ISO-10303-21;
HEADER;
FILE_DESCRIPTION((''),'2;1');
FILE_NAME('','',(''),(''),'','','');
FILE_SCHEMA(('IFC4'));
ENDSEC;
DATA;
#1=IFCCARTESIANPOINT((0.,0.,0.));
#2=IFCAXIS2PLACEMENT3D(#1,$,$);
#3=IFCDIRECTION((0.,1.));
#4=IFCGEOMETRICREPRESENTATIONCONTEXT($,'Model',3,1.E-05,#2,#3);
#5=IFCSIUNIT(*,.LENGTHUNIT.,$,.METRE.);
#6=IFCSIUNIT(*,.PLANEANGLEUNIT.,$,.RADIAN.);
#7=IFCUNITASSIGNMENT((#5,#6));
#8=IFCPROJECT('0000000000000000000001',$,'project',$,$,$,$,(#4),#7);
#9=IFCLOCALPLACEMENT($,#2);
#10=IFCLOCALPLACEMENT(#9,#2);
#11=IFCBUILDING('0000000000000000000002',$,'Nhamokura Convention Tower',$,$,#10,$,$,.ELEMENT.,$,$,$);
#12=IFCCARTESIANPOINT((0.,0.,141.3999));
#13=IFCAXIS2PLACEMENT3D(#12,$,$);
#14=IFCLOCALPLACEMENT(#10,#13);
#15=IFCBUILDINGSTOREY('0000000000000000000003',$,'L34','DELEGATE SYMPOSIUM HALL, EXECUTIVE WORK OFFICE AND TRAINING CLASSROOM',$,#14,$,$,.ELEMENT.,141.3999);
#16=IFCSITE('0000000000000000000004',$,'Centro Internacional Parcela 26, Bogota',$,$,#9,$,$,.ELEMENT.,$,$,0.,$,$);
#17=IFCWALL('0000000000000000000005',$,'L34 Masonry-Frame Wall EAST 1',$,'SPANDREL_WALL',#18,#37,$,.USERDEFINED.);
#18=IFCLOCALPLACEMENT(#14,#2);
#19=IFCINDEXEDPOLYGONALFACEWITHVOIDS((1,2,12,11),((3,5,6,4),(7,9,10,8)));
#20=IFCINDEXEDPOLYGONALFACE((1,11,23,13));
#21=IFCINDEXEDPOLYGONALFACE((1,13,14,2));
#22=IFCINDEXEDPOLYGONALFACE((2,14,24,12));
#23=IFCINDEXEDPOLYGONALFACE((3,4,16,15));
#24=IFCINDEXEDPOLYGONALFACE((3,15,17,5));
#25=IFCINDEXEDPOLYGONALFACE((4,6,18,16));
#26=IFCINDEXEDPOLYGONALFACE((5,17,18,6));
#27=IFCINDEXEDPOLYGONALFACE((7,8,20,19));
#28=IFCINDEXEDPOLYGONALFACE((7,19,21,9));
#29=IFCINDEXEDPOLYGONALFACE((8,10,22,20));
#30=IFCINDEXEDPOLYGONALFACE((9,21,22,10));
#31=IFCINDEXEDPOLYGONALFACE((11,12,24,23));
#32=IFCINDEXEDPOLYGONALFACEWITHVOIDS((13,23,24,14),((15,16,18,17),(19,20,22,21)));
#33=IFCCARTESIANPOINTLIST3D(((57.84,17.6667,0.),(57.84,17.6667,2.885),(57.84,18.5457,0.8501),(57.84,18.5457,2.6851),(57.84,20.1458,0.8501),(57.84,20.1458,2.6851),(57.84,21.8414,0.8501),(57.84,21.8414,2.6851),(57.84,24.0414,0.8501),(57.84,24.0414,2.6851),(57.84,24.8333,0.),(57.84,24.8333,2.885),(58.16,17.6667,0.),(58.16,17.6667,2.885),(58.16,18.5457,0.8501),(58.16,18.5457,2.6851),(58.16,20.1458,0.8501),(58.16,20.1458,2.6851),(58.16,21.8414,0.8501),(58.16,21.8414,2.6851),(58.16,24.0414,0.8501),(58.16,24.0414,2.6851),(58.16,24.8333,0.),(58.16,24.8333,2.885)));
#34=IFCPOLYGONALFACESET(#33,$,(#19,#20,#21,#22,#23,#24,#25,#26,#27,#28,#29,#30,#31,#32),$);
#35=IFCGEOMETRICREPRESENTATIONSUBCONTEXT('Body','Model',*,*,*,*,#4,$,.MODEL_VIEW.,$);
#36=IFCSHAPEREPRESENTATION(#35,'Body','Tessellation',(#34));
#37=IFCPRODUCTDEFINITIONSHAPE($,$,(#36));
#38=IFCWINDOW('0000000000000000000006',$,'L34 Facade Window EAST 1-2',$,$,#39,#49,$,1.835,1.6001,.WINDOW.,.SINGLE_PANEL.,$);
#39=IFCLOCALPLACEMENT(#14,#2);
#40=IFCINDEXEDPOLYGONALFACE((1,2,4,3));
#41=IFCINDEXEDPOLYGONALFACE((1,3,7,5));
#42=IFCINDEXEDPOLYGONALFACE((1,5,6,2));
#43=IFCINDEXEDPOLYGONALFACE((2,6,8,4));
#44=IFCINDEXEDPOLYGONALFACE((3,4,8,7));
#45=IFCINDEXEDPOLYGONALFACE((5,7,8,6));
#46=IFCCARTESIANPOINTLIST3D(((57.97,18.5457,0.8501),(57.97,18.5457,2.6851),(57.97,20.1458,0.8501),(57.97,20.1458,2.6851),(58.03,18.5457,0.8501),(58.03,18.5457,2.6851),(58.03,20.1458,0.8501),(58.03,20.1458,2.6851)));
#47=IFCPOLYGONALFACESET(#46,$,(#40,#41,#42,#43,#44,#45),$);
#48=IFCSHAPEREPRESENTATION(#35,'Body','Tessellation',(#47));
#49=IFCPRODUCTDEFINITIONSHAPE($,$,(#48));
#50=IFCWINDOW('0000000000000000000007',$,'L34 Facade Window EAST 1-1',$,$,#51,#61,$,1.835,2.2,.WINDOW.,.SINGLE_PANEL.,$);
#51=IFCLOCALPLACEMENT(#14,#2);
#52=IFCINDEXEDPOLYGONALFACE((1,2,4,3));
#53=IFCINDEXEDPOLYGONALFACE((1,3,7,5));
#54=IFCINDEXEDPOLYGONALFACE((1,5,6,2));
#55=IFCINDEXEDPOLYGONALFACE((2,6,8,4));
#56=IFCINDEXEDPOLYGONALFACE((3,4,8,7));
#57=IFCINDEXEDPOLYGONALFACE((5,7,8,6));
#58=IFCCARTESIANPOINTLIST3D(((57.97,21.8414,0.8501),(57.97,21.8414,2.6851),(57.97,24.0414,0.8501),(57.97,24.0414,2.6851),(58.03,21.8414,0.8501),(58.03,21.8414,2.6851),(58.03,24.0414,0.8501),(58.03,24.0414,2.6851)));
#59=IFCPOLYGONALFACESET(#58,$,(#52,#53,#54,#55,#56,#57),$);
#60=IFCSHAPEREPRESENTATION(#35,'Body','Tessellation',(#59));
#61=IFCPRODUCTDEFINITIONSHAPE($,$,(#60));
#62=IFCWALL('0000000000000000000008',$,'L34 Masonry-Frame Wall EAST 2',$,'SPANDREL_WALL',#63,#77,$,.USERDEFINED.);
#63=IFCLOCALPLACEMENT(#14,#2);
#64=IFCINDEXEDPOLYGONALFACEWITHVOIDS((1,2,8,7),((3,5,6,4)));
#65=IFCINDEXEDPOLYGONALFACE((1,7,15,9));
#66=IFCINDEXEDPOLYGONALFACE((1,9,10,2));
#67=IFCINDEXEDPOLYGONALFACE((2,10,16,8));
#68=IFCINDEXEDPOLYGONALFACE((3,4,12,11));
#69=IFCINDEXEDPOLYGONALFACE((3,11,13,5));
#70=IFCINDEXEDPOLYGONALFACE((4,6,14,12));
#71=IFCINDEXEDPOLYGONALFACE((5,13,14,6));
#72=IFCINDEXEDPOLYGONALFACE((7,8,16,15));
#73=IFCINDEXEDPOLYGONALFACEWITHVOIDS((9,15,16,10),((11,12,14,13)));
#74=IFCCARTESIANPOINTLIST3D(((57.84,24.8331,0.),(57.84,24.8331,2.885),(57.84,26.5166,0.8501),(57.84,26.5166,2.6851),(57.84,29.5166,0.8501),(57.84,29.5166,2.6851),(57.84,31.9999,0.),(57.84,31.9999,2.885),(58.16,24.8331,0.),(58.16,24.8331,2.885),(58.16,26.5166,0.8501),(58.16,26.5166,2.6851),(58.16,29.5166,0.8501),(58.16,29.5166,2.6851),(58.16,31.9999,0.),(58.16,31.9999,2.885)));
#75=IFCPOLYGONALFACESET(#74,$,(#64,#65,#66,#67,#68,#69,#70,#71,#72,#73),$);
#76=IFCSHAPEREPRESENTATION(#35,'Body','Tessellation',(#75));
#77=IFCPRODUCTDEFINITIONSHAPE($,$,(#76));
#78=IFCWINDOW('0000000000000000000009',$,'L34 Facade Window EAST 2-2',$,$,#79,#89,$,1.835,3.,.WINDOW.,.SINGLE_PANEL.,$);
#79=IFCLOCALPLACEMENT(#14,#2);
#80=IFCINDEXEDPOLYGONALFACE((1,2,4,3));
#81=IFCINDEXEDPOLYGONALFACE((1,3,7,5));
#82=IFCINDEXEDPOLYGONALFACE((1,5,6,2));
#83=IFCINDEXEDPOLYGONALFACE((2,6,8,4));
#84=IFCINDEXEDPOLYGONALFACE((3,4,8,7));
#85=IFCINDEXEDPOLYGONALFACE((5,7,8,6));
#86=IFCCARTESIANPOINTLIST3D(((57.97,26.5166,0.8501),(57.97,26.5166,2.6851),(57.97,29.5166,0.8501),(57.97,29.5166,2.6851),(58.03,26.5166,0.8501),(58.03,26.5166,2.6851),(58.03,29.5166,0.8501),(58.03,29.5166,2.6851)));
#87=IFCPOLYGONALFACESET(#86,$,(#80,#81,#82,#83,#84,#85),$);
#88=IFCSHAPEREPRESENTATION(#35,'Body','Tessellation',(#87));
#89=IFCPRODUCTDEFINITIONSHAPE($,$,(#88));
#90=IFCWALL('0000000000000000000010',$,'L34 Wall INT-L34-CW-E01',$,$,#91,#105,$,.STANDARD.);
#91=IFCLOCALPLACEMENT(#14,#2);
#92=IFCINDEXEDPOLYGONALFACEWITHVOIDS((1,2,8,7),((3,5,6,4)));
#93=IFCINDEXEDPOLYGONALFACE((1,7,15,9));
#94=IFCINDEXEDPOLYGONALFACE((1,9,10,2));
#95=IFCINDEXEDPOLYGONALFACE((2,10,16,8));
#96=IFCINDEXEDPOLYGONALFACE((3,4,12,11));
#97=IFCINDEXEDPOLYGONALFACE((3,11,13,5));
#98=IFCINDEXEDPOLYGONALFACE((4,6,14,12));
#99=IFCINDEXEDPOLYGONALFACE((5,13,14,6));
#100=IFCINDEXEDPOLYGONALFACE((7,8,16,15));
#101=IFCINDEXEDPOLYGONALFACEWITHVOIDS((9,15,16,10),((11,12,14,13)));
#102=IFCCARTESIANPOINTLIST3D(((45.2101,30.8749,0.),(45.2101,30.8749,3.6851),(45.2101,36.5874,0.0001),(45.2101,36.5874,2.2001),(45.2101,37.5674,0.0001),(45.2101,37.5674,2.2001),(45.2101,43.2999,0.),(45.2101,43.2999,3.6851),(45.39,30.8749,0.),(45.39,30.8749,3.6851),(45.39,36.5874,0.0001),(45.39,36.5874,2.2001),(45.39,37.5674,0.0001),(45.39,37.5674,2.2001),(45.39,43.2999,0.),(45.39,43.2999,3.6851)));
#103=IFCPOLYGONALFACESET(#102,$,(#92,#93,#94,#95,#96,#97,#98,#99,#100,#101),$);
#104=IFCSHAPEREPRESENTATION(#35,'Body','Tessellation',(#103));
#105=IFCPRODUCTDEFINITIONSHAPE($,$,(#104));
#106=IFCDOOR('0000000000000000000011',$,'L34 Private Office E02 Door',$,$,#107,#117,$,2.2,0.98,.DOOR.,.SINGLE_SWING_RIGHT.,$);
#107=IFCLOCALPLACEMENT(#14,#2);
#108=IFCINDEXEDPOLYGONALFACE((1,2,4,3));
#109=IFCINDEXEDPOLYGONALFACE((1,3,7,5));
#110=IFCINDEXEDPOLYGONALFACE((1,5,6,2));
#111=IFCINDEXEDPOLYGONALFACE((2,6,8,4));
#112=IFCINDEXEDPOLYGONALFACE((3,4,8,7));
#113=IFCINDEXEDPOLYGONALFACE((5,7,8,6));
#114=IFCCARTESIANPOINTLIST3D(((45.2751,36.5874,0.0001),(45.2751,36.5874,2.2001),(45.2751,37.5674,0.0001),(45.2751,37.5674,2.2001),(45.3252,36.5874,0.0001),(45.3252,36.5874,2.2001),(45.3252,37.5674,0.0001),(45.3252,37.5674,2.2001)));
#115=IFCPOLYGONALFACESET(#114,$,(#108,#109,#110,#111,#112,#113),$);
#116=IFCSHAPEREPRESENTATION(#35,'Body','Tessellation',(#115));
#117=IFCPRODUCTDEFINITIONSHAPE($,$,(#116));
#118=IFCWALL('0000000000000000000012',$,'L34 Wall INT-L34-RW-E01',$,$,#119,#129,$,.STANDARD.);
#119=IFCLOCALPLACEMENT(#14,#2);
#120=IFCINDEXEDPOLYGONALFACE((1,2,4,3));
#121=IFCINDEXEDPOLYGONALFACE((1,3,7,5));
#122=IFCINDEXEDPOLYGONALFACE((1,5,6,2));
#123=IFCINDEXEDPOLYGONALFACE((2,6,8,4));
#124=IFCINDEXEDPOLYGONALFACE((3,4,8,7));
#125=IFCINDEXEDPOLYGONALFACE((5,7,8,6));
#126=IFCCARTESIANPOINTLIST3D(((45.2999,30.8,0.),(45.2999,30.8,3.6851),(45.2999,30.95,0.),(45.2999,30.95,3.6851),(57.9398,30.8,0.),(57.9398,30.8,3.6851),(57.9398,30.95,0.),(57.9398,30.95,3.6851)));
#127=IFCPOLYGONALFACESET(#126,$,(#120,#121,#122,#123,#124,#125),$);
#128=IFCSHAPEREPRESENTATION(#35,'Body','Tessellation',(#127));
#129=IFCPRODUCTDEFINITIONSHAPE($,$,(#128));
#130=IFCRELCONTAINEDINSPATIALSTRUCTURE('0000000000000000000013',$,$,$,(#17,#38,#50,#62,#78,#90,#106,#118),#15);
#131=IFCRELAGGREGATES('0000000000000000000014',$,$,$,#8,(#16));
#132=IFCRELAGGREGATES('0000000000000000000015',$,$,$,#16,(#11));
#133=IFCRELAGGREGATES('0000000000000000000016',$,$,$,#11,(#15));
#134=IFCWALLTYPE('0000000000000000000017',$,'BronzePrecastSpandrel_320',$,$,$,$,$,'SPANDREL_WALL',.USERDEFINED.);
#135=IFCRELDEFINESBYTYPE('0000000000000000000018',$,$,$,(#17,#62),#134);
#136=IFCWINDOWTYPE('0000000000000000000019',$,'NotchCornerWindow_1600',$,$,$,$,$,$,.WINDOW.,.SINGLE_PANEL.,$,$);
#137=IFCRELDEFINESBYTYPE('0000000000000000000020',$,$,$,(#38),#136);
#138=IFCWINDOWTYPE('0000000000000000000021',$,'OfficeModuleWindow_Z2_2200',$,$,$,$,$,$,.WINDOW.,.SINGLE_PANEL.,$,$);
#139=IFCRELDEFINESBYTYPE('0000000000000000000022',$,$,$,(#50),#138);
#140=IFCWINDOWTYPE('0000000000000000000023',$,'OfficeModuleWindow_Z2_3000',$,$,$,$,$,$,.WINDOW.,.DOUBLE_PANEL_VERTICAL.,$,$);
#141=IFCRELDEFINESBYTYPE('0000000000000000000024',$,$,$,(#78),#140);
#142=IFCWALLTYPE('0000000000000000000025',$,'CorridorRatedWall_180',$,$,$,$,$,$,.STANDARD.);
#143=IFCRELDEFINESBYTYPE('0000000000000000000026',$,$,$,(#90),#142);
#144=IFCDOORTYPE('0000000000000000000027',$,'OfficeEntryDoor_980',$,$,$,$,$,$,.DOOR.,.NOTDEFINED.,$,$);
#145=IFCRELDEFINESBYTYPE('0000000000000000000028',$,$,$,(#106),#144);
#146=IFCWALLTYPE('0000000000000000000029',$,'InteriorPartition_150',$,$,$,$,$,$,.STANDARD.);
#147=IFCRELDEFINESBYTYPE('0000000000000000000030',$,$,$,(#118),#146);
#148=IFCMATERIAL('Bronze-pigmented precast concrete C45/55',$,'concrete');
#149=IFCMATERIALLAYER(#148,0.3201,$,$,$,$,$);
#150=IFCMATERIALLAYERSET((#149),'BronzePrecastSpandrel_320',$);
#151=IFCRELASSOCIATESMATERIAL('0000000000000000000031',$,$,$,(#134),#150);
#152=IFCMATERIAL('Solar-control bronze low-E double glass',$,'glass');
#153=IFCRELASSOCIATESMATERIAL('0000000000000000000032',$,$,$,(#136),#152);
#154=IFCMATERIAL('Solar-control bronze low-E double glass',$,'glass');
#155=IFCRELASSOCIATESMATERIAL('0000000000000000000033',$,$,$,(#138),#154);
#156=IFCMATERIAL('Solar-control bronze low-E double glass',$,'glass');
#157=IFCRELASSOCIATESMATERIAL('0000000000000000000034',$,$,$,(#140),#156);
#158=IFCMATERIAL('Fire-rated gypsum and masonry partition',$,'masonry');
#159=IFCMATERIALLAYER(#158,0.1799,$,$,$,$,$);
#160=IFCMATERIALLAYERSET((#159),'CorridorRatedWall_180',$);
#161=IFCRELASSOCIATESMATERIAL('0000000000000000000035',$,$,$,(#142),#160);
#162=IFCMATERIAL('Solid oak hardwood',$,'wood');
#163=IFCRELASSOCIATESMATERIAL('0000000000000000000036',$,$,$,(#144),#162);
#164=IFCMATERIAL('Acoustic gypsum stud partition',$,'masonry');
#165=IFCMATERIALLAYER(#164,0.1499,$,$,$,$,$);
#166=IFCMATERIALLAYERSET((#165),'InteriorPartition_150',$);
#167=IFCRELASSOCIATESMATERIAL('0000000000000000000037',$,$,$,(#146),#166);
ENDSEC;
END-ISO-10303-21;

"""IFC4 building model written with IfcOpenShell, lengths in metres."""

from ifc_helpers import new_model, si_unit, direction, frame, frame_2d, origin, place, context, subcontext, project, spatial, rectangle, extrude, material, layer, layer_set, type_object, element, fill, save


model = new_model("IFC4")

# Units and contexts
model_context = context("Model", 3, precision=1e-05, world=origin(), true_north=direction((0.0, 1.0)))
body_context = subcontext(model_context, "Body", "Model", "MODEL_VIEW")
ifc_project = project(units=[si_unit("LENGTHUNIT", "METRE"), si_unit("PLANEANGLEUNIT", "RADIAN")], contexts=[model_context])

# Site, building, storey
site_placement = place(None, origin())
site = spatial("IfcSite", under=ifc_project, at=site_placement, Name="Centro Internacional Parcela 26, Bogota", CompositionType="ELEMENT", RefElevation=0.0)
building_placement = place(site_placement, origin())
building = spatial("IfcBuilding", under=site, at=building_placement, Name="Nhamokura Convention Tower", CompositionType="ELEMENT")
storey_placement = place(building_placement, frame((0.0, 0.0, 141.3999)))
storey = spatial("IfcBuildingStorey", under=building, at=storey_placement, Name="L34", Description="DELEGATE SYMPOSIUM HALL, EXECUTIVE WORK OFFICE AND TRAINING CLASSROOM", CompositionType="ELEMENT", Elevation=141.3999)

# Wall, openings, windows
ifc_material_1 = material(Name="Bronze-pigmented precast concrete C45/55", Category="concrete")
ifc_layer_1 = layer(ifc_material_1, 0.3201)
ifc_layer_set_1 = layer_set([ifc_layer_1], Name="BronzePrecastSpandrel_320")
wall_type_1 = type_object("IfcWallType", Name="BronzePrecastSpandrel_320", ElementType="SPANDREL_WALL", PredefinedType="USERDEFINED", material=ifc_layer_set_1)
wall_1_placement = place(storey_placement, frame((58.0, 24.8333, 0.0), z_axis=(0.0, 0.0, 1.0), x_axis=(0.0, -1.0, 0.0)))
wall_1 = element("IfcWall", 1, at=wall_1_placement, inside=storey, type_object=wall_type_1, Name="L34 Masonry-Frame Wall EAST 1", ObjectType="SPANDREL_WALL", PredefinedType="USERDEFINED", context=body_context, shape_type="SweptSolid", body=[
    extrude(rectangle(XDim=7.1665, YDim=0.3201, at=frame_2d((3.5833, 0.0))), origin(), (0.0, 0.0, 1.0), 2.885),
])
opening_1_placement = place(wall_1_placement, frame((0.7917, 0.0, 0.8501)))
opening_1 = element("IfcOpeningElement", 2, at=opening_1_placement, cuts=wall_1, PredefinedType="OPENING", context=body_context, shape_type="SweptSolid", body=[
    extrude(rectangle(XDim=2.2, YDim=1.835, at=frame_2d((1.1001, 0.9175))), frame((0.0, 0.1699, 0.0), z_axis=(0.0, -1.0, 0.0), x_axis=(1.0, 0.0, 0.0)), (0.0, 0.0, 1.0), 0.3401),
])
opening_2_placement = place(wall_1_placement, frame((4.6875, 0.0, 0.8501)))
opening_2 = element("IfcOpeningElement", 3, at=opening_2_placement, cuts=wall_1, PredefinedType="OPENING", context=body_context, shape_type="SweptSolid", body=[
    extrude(rectangle(XDim=1.6001, YDim=1.835, at=frame_2d((0.8, 0.9175))), frame((0.0, 0.1699, 0.0), z_axis=(0.0, -1.0, 0.0), x_axis=(1.0, 0.0, 0.0)), (0.0, 0.0, 1.0), 0.3401),
])
ifc_material_2 = material(Name="Solar-control bronze low-E double glass", Category="glass")
window_type_1 = type_object("IfcWindowType", Name="NotchCornerWindow_1600", PartitioningType="SINGLE_PANEL", PredefinedType="WINDOW", material=ifc_material_2)
window_1_placement = place(opening_2_placement, origin())
window_1 = element("IfcWindow", 4, at=window_1_placement, inside=storey, type_object=window_type_1, Name="L34 Facade Window EAST 1-2", OverallHeight=1.835, OverallWidth=1.6001, PartitioningType="SINGLE_PANEL", PredefinedType="WINDOW", context=body_context, shape_type="SweptSolid", body=[
    extrude(rectangle(XDim=1.6001, YDim=1.835, at=frame_2d((0.8, 0.9175))), frame((0.0, 0.03, 0.0), z_axis=(0.0, -1.0, 0.0), x_axis=(1.0, 0.0, 0.0)), (0.0, 0.0, 1.0), 0.0601),
])
fill(opening_2, window_1)
ifc_material_3 = material(Name="Solar-control bronze low-E double glass", Category="glass")
window_type_2 = type_object("IfcWindowType", Name="OfficeModuleWindow_Z2_2200", PartitioningType="SINGLE_PANEL", PredefinedType="WINDOW", material=ifc_material_3)
window_2_placement = place(opening_1_placement, origin())
window_2 = element("IfcWindow", 5, at=window_2_placement, inside=storey, type_object=window_type_2, Name="L34 Facade Window EAST 1-1", OverallHeight=1.835, OverallWidth=2.2, PartitioningType="SINGLE_PANEL", PredefinedType="WINDOW", context=body_context, shape_type="SweptSolid", body=[
    extrude(rectangle(XDim=2.2, YDim=1.835, at=frame_2d((1.1001, 0.9175))), frame((0.0, 0.03, 0.0), z_axis=(0.0, -1.0, 0.0), x_axis=(1.0, 0.0, 0.0)), (0.0, 0.0, 1.0), 0.0601),
])
fill(opening_1, window_2)

# Wall, opening, window
wall_2_placement = place(storey_placement, frame((58.0, 32.0, 0.0), z_axis=(0.0, 0.0, 1.0), x_axis=(0.0, -1.0, 0.0)))
wall_2 = element("IfcWall", 6, at=wall_2_placement, inside=storey, type_object=wall_type_1, Name="L34 Masonry-Frame Wall EAST 2", ObjectType="SPANDREL_WALL", PredefinedType="USERDEFINED", context=body_context, shape_type="SweptSolid", body=[
    extrude(rectangle(XDim=7.1667, YDim=0.3201, at=frame_2d((3.5835, 0.0))), origin(), (0.0, 0.0, 1.0), 2.885),
])
opening_3_placement = place(wall_2_placement, frame((2.4834, 0.0, 0.8501)))
opening_3 = element("IfcOpeningElement", 7, at=opening_3_placement, cuts=wall_2, PredefinedType="OPENING", context=body_context, shape_type="SweptSolid", body=[
    extrude(rectangle(XDim=3.0, YDim=1.835, at=frame_2d((1.5, 0.9175))), frame((0.0, 0.1699, 0.0), z_axis=(0.0, -1.0, 0.0), x_axis=(1.0, 0.0, 0.0)), (0.0, 0.0, 1.0), 0.3401),
])
ifc_material_4 = material(Name="Solar-control bronze low-E double glass", Category="glass")
window_type_3 = type_object("IfcWindowType", Name="OfficeModuleWindow_Z2_3000", PartitioningType="DOUBLE_PANEL_VERTICAL", PredefinedType="WINDOW", material=ifc_material_4)
window_3_placement = place(opening_3_placement, origin())
window_3 = element("IfcWindow", 8, at=window_3_placement, inside=storey, type_object=window_type_3, Name="L34 Facade Window EAST 2-2", OverallHeight=1.835, OverallWidth=3.0, PartitioningType="SINGLE_PANEL", PredefinedType="WINDOW", context=body_context, shape_type="SweptSolid", body=[
    extrude(rectangle(XDim=3.0, YDim=1.835, at=frame_2d((1.5, 0.9175))), frame((0.0, 0.03, 0.0), z_axis=(0.0, -1.0, 0.0), x_axis=(1.0, 0.0, 0.0)), (0.0, 0.0, 1.0), 0.0601),
])
fill(opening_3, window_3)

# Wall, opening, door
ifc_material_5 = material(Name="Fire-rated gypsum and masonry partition", Category="masonry")
ifc_layer_2 = layer(ifc_material_5, 0.1799)
ifc_layer_set_2 = layer_set([ifc_layer_2], Name="CorridorRatedWall_180")
wall_type_2 = type_object("IfcWallType", Name="CorridorRatedWall_180", PredefinedType="STANDARD", material=ifc_layer_set_2)
wall_3_placement = place(storey_placement, frame((45.3, 30.875, 0.0), z_axis=(0.0, 0.0, 1.0), x_axis=(0.0, 1.0, 0.0)))
wall_3 = element("IfcWall", 9, at=wall_3_placement, inside=storey, type_object=wall_type_2, Name="L34 Wall INT-L34-CW-E01", PredefinedType="STANDARD", context=body_context, shape_type="SweptSolid", body=[
    extrude(rectangle(XDim=12.425, YDim=0.1799, at=frame_2d((6.2124, 0.0))), origin(), (0.0, 0.0, 1.0), 3.6851),
])
opening_4_placement = place(wall_3_placement, frame((5.7124, 0.0, 0.0)))
opening_4 = element("IfcOpeningElement", 10, at=opening_4_placement, cuts=wall_3, PredefinedType="OPENING", context=body_context, shape_type="SweptSolid", body=[
    extrude(rectangle(XDim=0.98, YDim=2.2, at=frame_2d((0.49, 1.1001))), frame((0.0, 0.0999, 0.0), z_axis=(0.0, -1.0, 0.0), x_axis=(1.0, 0.0, 0.0)), (0.0, 0.0, 1.0), 0.2),
])
ifc_material_6 = material(Name="Solid oak hardwood", Category="wood")
door_type_1 = type_object("IfcDoorType", Name="OfficeEntryDoor_980", OperationType="NOTDEFINED", PredefinedType="DOOR", material=ifc_material_6)
door_1_placement = place(opening_4_placement, origin())
door_1 = element("IfcDoor", 11, at=door_1_placement, inside=storey, type_object=door_type_1, Name="L34 Private Office E02 Door", OperationType="SINGLE_SWING_RIGHT", OverallHeight=2.2, OverallWidth=0.98, PredefinedType="DOOR", context=body_context, shape_type="SweptSolid", body=[
    extrude(rectangle(XDim=0.98, YDim=2.2, at=frame_2d((0.49, 1.1001))), frame((0.0, 0.0249, 0.0), z_axis=(0.0, -1.0, 0.0), x_axis=(1.0, 0.0, 0.0)), (0.0, 0.0, 1.0), 0.05),
])
fill(opening_4, door_1)

# Wall
ifc_material_7 = material(Name="Acoustic gypsum stud partition", Category="masonry")
ifc_layer_3 = layer(ifc_material_7, 0.1499)
ifc_layer_set_3 = layer_set([ifc_layer_3], Name="InteriorPartition_150")
wall_type_3 = type_object("IfcWallType", Name="InteriorPartition_150", PredefinedType="STANDARD", material=ifc_layer_set_3)
wall_4_placement = place(storey_placement, frame((45.3, 30.875, 0.0), z_axis=(0.0, 0.0, 1.0), x_axis=(1.0, 0.0, 0.0)))
element("IfcWall", 12, at=wall_4_placement, inside=storey, type_object=wall_type_3, Name="L34 Wall INT-L34-RW-E01", PredefinedType="STANDARD", context=body_context, shape_type="SweptSolid", body=[
    extrude(rectangle(XDim=12.6399, YDim=0.1499, at=frame_2d((6.3198, 0.0))), origin(), (0.0, 0.0, 1.0), 3.6851),
])

save(model, "model.ifc")
